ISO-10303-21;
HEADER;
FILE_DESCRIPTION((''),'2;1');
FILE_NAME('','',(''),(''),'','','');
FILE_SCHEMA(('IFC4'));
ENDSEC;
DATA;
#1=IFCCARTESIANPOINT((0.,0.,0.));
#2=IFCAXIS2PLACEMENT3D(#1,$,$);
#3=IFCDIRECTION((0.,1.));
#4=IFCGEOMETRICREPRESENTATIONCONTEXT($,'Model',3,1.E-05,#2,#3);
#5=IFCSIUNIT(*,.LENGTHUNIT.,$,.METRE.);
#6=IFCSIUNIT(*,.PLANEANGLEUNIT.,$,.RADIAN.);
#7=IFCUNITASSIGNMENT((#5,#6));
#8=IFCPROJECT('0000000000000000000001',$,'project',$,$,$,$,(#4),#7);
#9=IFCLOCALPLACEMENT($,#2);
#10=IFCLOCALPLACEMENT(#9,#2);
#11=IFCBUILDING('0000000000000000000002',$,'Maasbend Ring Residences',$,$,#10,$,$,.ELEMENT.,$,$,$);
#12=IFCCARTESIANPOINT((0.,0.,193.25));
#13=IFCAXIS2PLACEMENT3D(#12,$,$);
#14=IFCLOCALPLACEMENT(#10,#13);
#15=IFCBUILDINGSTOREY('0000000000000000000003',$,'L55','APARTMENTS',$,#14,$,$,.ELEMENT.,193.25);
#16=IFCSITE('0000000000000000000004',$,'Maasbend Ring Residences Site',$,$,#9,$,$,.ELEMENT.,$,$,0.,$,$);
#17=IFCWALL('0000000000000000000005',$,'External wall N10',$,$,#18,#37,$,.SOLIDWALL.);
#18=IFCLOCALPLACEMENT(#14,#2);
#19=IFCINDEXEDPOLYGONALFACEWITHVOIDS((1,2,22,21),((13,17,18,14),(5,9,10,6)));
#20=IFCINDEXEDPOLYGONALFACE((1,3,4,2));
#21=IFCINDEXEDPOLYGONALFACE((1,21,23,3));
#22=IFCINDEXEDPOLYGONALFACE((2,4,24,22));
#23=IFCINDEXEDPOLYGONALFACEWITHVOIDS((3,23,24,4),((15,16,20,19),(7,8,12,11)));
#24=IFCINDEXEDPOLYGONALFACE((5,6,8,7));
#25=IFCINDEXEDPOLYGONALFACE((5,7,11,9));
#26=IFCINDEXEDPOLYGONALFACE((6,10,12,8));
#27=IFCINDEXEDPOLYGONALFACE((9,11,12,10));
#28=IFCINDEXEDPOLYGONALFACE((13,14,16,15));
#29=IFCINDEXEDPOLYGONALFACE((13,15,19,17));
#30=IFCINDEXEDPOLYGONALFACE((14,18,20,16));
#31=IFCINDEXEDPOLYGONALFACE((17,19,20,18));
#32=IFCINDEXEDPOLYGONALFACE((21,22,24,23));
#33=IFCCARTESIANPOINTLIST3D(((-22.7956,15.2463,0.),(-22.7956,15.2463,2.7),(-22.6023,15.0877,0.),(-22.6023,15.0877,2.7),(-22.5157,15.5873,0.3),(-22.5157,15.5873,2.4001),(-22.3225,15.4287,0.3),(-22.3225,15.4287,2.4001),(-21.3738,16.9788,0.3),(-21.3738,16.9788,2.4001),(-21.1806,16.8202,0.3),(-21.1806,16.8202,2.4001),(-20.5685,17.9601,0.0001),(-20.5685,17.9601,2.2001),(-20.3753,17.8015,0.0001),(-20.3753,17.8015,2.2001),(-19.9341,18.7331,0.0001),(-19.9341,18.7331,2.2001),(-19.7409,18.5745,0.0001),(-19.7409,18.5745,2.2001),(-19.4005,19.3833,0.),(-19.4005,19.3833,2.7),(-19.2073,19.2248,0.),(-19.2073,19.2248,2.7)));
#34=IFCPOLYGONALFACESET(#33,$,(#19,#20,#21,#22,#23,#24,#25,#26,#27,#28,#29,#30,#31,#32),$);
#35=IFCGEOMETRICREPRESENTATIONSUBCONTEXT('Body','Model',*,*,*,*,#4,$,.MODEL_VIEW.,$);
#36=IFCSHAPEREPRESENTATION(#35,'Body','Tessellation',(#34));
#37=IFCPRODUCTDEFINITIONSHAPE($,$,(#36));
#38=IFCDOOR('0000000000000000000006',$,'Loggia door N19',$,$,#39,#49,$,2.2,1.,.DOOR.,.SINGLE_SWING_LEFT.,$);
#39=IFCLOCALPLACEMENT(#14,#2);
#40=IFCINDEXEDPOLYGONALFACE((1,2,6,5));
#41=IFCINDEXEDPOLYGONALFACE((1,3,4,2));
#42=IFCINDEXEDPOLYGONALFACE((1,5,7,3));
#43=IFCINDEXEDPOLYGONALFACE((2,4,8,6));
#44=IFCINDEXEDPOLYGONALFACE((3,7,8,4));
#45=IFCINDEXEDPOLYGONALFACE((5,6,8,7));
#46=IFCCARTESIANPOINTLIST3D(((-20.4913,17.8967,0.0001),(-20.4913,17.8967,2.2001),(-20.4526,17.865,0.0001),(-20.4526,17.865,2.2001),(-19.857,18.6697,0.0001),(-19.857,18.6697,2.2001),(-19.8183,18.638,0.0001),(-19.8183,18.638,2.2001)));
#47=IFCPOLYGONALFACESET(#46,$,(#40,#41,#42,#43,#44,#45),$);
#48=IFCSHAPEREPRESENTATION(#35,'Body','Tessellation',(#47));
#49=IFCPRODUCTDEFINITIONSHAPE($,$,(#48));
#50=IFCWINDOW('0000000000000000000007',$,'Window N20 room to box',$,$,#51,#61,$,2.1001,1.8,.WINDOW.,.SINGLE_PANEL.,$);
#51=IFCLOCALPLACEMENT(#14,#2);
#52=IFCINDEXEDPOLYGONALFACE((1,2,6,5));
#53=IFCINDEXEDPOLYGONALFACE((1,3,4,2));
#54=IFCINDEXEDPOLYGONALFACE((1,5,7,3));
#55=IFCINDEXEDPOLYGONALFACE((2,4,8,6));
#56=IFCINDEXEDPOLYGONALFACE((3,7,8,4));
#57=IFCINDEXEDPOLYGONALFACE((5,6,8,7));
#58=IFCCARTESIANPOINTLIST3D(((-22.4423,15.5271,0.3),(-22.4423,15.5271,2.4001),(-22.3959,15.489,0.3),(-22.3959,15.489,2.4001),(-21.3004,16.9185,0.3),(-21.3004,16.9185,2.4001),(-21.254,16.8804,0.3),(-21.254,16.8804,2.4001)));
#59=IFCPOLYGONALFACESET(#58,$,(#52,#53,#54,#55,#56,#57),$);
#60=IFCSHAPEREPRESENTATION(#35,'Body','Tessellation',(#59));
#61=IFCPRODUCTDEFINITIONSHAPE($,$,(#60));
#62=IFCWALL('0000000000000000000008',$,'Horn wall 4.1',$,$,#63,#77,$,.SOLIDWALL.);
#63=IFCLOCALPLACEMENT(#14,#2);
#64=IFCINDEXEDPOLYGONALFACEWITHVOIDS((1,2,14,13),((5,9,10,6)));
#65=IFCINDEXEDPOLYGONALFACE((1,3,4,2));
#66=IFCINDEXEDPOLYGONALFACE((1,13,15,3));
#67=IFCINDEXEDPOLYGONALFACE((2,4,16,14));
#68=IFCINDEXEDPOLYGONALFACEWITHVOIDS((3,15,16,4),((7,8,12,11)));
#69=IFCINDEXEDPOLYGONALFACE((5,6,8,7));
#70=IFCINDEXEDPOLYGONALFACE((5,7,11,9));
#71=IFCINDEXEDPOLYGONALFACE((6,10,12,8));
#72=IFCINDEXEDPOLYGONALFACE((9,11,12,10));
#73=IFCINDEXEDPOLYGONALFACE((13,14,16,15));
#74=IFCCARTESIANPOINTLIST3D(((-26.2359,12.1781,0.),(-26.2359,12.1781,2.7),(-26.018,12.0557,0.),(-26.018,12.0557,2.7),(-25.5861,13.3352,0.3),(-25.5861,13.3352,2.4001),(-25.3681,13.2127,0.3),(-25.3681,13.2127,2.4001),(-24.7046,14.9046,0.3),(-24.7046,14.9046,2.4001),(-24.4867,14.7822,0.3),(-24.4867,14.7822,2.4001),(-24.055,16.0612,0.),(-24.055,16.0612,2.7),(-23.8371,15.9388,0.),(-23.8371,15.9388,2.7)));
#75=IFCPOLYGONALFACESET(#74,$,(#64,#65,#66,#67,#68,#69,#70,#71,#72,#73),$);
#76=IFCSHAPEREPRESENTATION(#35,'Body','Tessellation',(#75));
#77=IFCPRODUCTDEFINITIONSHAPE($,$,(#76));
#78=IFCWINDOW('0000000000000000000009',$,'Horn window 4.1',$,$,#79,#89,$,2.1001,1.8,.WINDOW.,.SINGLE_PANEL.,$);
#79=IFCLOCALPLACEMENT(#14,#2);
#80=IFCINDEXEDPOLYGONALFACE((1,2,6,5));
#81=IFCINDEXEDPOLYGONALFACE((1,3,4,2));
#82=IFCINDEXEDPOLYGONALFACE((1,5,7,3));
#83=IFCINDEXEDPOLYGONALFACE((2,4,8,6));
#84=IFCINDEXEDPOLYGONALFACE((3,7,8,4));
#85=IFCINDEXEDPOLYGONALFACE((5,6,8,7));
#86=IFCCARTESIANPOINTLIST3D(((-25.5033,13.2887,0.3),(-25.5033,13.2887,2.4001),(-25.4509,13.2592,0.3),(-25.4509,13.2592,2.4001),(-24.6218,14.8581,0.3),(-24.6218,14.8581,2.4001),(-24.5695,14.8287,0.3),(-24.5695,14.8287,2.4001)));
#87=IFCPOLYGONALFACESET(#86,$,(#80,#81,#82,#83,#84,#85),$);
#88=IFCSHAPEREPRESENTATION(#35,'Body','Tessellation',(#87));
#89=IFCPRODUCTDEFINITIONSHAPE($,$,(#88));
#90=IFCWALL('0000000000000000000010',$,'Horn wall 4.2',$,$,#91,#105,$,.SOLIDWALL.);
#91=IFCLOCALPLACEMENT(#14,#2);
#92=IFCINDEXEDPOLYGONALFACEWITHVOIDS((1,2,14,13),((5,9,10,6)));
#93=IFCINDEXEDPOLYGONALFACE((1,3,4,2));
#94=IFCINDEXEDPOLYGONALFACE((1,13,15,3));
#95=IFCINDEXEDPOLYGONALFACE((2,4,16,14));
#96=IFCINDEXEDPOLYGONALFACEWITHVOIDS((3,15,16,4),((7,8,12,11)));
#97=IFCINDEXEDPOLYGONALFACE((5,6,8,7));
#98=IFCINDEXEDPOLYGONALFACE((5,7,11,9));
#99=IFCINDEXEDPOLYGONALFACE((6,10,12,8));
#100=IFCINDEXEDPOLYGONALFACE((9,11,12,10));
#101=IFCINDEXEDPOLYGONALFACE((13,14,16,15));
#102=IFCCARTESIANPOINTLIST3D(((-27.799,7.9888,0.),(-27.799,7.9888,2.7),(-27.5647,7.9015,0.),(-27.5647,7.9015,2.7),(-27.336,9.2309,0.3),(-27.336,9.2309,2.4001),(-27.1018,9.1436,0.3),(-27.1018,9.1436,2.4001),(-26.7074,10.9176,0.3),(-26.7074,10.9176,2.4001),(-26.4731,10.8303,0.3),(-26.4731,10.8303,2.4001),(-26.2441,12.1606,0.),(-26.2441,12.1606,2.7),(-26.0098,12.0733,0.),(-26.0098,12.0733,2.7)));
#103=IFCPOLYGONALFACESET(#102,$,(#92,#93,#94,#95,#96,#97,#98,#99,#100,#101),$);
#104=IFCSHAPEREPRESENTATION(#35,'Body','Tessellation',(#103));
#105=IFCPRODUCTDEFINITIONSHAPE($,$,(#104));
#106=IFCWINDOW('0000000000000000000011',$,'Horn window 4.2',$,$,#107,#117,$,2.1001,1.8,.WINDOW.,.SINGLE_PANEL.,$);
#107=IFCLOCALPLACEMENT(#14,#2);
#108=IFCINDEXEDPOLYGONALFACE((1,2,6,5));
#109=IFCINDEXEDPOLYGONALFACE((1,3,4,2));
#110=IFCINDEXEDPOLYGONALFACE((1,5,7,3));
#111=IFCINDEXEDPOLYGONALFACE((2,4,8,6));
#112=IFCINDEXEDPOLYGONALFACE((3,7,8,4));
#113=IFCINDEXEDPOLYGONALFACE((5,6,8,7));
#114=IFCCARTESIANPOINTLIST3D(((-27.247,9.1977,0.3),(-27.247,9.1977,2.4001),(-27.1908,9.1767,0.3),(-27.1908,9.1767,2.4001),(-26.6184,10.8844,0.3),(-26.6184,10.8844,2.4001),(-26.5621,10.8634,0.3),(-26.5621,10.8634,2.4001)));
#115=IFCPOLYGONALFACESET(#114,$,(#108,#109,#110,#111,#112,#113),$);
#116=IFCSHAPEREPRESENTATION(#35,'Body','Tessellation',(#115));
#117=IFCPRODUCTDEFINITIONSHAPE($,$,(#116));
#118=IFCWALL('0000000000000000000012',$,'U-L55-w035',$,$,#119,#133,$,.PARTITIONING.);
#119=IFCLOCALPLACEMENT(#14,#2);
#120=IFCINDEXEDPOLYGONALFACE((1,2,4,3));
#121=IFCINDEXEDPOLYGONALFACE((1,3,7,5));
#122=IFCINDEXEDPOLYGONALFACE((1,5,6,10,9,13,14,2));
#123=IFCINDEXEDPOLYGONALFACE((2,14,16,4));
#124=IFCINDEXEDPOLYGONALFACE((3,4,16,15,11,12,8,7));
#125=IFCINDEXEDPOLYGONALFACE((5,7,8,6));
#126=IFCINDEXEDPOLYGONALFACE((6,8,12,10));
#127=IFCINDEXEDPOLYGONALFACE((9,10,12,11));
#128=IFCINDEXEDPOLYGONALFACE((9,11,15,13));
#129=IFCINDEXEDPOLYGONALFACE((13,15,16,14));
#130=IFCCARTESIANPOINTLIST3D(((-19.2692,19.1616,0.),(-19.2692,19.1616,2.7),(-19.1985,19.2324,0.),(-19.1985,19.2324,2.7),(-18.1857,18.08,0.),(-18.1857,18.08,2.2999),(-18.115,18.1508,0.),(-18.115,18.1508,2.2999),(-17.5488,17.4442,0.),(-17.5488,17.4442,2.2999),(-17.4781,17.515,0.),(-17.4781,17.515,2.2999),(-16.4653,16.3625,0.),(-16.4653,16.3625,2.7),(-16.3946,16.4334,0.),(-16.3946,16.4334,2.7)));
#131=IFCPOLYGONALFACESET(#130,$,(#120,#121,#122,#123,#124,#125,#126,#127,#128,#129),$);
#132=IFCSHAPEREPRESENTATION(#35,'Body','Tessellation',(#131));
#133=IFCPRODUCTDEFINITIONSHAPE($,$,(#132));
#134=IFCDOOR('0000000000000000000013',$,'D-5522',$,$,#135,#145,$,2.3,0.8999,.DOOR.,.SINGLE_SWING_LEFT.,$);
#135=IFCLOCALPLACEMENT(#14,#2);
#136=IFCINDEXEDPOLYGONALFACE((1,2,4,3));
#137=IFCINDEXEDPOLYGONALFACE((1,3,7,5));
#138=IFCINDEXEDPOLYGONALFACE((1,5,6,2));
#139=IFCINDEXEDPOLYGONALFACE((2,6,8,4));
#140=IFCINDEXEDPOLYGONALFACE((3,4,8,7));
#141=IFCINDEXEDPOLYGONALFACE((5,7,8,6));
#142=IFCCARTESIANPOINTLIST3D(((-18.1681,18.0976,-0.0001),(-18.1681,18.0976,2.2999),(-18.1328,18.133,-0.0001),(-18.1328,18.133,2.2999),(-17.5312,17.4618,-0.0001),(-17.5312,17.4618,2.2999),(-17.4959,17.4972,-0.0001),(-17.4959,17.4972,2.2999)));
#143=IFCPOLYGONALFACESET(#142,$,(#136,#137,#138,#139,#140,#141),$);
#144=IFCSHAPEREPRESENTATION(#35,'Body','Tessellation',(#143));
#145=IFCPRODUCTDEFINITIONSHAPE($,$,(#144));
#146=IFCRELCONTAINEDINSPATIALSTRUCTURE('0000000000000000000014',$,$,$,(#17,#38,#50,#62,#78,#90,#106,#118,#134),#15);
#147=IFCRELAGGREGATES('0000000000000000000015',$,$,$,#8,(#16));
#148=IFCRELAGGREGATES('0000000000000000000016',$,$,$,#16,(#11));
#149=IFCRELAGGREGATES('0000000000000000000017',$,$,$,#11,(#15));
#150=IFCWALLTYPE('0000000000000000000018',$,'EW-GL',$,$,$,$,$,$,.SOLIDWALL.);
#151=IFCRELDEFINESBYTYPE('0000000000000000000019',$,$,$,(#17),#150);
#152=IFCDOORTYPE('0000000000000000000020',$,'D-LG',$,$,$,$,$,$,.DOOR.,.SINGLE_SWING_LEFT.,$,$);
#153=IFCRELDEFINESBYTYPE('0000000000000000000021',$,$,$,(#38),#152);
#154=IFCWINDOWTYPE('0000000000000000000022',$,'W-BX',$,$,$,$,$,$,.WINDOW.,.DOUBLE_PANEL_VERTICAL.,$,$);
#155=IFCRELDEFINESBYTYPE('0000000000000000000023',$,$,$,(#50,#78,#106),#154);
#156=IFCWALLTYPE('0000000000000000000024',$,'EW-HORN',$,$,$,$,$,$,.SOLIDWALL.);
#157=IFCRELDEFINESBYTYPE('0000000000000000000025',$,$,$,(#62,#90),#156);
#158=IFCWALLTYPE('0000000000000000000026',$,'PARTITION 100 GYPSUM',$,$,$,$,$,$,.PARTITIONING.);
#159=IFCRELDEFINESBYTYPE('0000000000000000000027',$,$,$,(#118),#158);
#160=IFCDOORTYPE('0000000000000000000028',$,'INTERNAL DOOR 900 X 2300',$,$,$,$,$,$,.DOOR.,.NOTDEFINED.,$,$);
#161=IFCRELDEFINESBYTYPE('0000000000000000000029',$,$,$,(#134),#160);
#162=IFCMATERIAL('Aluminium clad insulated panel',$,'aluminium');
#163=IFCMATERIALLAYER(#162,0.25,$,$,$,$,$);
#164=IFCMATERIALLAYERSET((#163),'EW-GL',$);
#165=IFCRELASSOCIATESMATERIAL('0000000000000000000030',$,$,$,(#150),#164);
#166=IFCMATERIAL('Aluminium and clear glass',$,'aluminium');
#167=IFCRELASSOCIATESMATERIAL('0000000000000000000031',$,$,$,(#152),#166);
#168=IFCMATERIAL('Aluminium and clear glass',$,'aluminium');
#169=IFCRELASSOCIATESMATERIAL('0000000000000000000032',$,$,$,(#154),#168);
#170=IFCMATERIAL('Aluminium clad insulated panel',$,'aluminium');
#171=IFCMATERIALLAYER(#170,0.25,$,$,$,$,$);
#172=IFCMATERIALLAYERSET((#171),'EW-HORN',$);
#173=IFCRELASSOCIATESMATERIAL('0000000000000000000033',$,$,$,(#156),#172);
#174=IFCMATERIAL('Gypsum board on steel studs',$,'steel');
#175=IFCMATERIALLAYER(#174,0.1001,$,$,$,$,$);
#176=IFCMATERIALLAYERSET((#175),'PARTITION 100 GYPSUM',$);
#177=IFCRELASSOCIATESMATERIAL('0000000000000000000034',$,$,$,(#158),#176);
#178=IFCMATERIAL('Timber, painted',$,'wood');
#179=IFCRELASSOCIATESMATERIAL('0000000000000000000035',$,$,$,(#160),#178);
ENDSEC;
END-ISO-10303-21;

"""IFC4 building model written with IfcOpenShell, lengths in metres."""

from ifc_helpers import new_model, si_unit, direction, frame, frame_2d, origin, place, context, subcontext, project, spatial, rectangle, extrude, material, layer, layer_set, type_object, element, fill, save


model = new_model("IFC4")

# Units and contexts
model_context = context("Model", 3, precision=1e-05, world=origin(), true_north=direction((0.0, 1.0)))
body_context = subcontext(model_context, "Body", "Model", "MODEL_VIEW")
ifc_project = project(units=[si_unit("LENGTHUNIT", "METRE"), si_unit("PLANEANGLEUNIT", "RADIAN")], contexts=[model_context])

# Site, building, storey
site_placement = place(None, origin())
site = spatial("IfcSite", under=ifc_project, at=site_placement, Name="Maasbend Ring Residences Site", CompositionType="ELEMENT", RefElevation=0.0)
building_placement = place(site_placement, origin())
building = spatial("IfcBuilding", under=site, at=building_placement, Name="Maasbend Ring Residences", CompositionType="ELEMENT")
storey_placement = place(building_placement, frame((0.0, 0.0, 193.25)))
storey = spatial("IfcBuildingStorey", under=building, at=storey_placement, Name="L55", Description="APARTMENTS", CompositionType="ELEMENT", Elevation=193.25)

# Wall, openings, door, window
ifc_material_1 = material(Name="Aluminium clad insulated panel", Category="aluminium")
ifc_layer_1 = layer(ifc_material_1, 0.25)
ifc_layer_set_1 = layer_set([ifc_layer_1], Name="EW-GL")
wall_type_1 = type_object("IfcWallType", Name="EW-GL", PredefinedType="SOLIDWALL", material=ifc_layer_set_1)
wall_1_placement = place(storey_placement, frame((-19.304, 19.304, 0.0), z_axis=(0.0, 0.0, 1.0), x_axis=(-0.634382, -0.773019, 0.0)))
wall_1 = element("IfcWall", 1, at=wall_1_placement, inside=storey, type_object=wall_type_1, Name="External wall N10", PredefinedType="SOLIDWALL", context=body_context, shape_type="SweptSolid", body=[
    extrude(rectangle(XDim=5.3518, YDim=0.25, at=frame_2d((2.6758, 0.0))), origin(), (0.0, 0.0, 1.0), 2.7),
])
opening_1_placement = place(wall_1_placement, frame((0.8411, 0.0, 0.0)))
opening_1 = element("IfcOpeningElement", 2, at=opening_1_placement, cuts=wall_1, PredefinedType="OPENING", context=body_context, shape_type="SweptSolid", body=[
    extrude(rectangle(XDim=1.0, YDim=2.2, at=frame_2d((0.5, 1.1001))), frame((0.0, 0.135, 0.0), z_axis=(0.0, -1.0, 0.0), x_axis=(1.0, 0.0, 0.0)), (0.0, 0.0, 1.0), 0.27),
])
opening_2_placement = place(wall_1_placement, frame((3.1106, 0.0, 0.3)))
opening_2 = element("IfcOpeningElement", 3, at=opening_2_placement, cuts=wall_1, PredefinedType="OPENING", context=body_context, shape_type="SweptSolid", body=[
    extrude(rectangle(XDim=1.8, YDim=2.1001, at=frame_2d((0.8999, 1.05))), frame((0.0, 0.135, 0.0), z_axis=(0.0, -1.0, 0.0), x_axis=(1.0, 0.0, 0.0)), (0.0, 0.0, 1.0), 0.27),
])
ifc_material_2 = material(Name="Aluminium and clear glass", Category="aluminium")
door_type_1 = type_object("IfcDoorType", Name="D-LG", OperationType="SINGLE_SWING_LEFT", PredefinedType="DOOR", material=ifc_material_2)
door_1_placement = place(opening_1_placement, origin())
door_1 = element("IfcDoor", 4, at=door_1_placement, inside=storey, type_object=door_type_1, Name="Loggia door N19", OperationType="SINGLE_SWING_LEFT", OverallHeight=2.2, OverallWidth=1.0, PredefinedType="DOOR", context=body_context, shape_type="SweptSolid", body=[
    extrude(rectangle(XDim=1.0, YDim=2.2, at=frame_2d((0.5, 1.1001))), frame((0.0, 0.0249, 0.0), z_axis=(0.0, -1.0, 0.0), x_axis=(1.0, 0.0, 0.0)), (0.0, 0.0, 1.0), 0.05),
])
fill(opening_1, door_1)
ifc_material_3 = material(Name="Aluminium and clear glass", Category="aluminium")
window_type_1 = type_object("IfcWindowType", Name="W-BX", PartitioningType="DOUBLE_PANEL_VERTICAL", PredefinedType="WINDOW", material=ifc_material_3)
window_1_placement = place(opening_2_placement, origin())
window_1 = element("IfcWindow", 5, at=window_1_placement, inside=storey, type_object=window_type_1, Name="Window N20 room to box", OverallHeight=2.1001, OverallWidth=1.8, PartitioningType="SINGLE_PANEL", PredefinedType="WINDOW", context=body_context, shape_type="SweptSolid", body=[
    extrude(rectangle(XDim=1.8, YDim=2.1001, at=frame_2d((0.8999, 1.05))), frame((0.0, 0.03, 0.0), z_axis=(0.0, -1.0, 0.0), x_axis=(1.0, 0.0, 0.0)), (0.0, 0.0, 1.0), 0.0601),
])
fill(opening_2, window_1)

# Walls, openings, windows
ifc_material_4 = material(Name="Aluminium clad insulated panel", Category="aluminium")
ifc_layer_2 = layer(ifc_material_4, 0.25)
ifc_layer_set_2 = layer_set([ifc_layer_2], Name="EW-HORN")
wall_type_2 = type_object("IfcWallType", Name="EW-HORN", PredefinedType="SOLIDWALL", material=ifc_layer_set_2)
wall_2_placement = place(storey_placement, frame((-23.946, 16.0, 0.0), z_axis=(0.0, 0.0, 1.0), x_axis=(-0.489696, -0.871893, 0.0)))
wall_2 = element("IfcWall", 6, at=wall_2_placement, inside=storey, type_object=wall_type_2, Name="Horn wall 4.1", PredefinedType="SOLIDWALL", context=body_context, shape_type="SweptSolid", body=[
    extrude(rectangle(XDim=4.4536, YDim=0.25, at=frame_2d((2.2268, 0.0))), origin(), (0.0, 0.0, 1.0), 2.7),
])
opening_3_placement = place(wall_2_placement, frame((1.3267, 0.0, 0.3)))
opening_3 = element("IfcOpeningElement", 7, at=opening_3_placement, cuts=wall_2, PredefinedType="OPENING", context=body_context, shape_type="SweptSolid", body=[
    extrude(rectangle(XDim=1.8, YDim=2.1001, at=frame_2d((0.8999, 1.05))), frame((0.0, 0.135, 0.0), z_axis=(0.0, -1.0, 0.0), x_axis=(1.0, 0.0, 0.0)), (0.0, 0.0, 1.0), 0.27),
])
window_2_placement = place(opening_3_placement, origin())
window_2 = element("IfcWindow", 8, at=window_2_placement, inside=storey, type_object=window_type_1, Name="Horn window 4.1", OverallHeight=2.1001, OverallWidth=1.8, PartitioningType="SINGLE_PANEL", PredefinedType="WINDOW", context=body_context, shape_type="SweptSolid", body=[
    extrude(rectangle(XDim=1.8, YDim=2.1001, at=frame_2d((0.8999, 1.05))), frame((0.0, 0.03, 0.0), z_axis=(0.0, -1.0, 0.0), x_axis=(1.0, 0.0, 0.0)), (0.0, 0.0, 1.0), 0.0601),
])
fill(opening_3, window_2)
wall_3_placement = place(storey_placement, frame((-26.127, 12.1169, 0.0), z_axis=(0.0, 0.0, 1.0), x_axis=(-0.349248, -0.93703, 0.0)))
wall_3 = element("IfcWall", 9, at=wall_3_placement, inside=storey, type_object=wall_type_2, Name="Horn wall 4.2", PredefinedType="SOLIDWALL", context=body_context, shape_type="SweptSolid", body=[
    extrude(rectangle(XDim=4.4521, YDim=0.25, at=frame_2d((2.2261, 0.0))), origin(), (0.0, 0.0, 1.0), 2.7),
])
opening_4_placement = place(wall_3_placement, frame((1.3267, 0.0, 0.3)))
opening_4 = element("IfcOpeningElement", 10, at=opening_4_placement, cuts=wall_3, PredefinedType="OPENING", context=body_context, shape_type="SweptSolid", body=[
    extrude(rectangle(XDim=1.8, YDim=2.1001, at=frame_2d((0.8999, 1.05))), frame((0.0, 0.135, 0.0), z_axis=(0.0, -1.0, 0.0), x_axis=(1.0, 0.0, 0.0)), (0.0, 0.0, 1.0), 0.27),
])
window_3_placement = place(opening_4_placement, origin())
window_3 = element("IfcWindow", 11, at=window_3_placement, inside=storey, type_object=window_type_1, Name="Horn window 4.2", OverallHeight=2.1001, OverallWidth=1.8, PartitioningType="SINGLE_PANEL", PredefinedType="WINDOW", context=body_context, shape_type="SweptSolid", body=[
    extrude(rectangle(XDim=1.8, YDim=2.1001, at=frame_2d((0.8999, 1.05))), frame((0.0, 0.03, 0.0), z_axis=(0.0, -1.0, 0.0), x_axis=(1.0, 0.0, 0.0)), (0.0, 0.0, 1.0), 0.0601),
])
fill(opening_4, window_3)

# Wall, opening, door
ifc_material_5 = material(Name="Gypsum board on steel studs", Category="steel")
ifc_layer_3 = layer(ifc_material_5, 0.1001)
ifc_layer_set_3 = layer_set([ifc_layer_3], Name="PARTITION 100 GYPSUM")
wall_type_3 = type_object("IfcWallType", Name="PARTITION 100 GYPSUM", PredefinedType="PARTITIONING", material=ifc_layer_set_3)
wall_4_placement = place(storey_placement, frame((-19.2339, 19.197, 0.0), z_axis=(0.0, 0.0, 1.0), x_axis=(0.707723, -0.70649, 0.0)))
wall_4 = element("IfcWall", 12, at=wall_4_placement, inside=storey, type_object=wall_type_3, Name="U-L55-w035", PredefinedType="PARTITIONING", context=body_context, shape_type="SweptSolid", body=[
    extrude(rectangle(XDim=3.9619, YDim=0.1001, at=frame_2d((1.981, 0.0))), origin(), (0.0, 0.0, 1.0), 2.7),
])
opening_5_placement = place(wall_4_placement, frame((1.531, 0.0, 0.0)))
opening_5 = element("IfcOpeningElement", 13, at=opening_5_placement, cuts=wall_4, PredefinedType="OPENING", context=body_context, shape_type="SweptSolid", body=[
    extrude(rectangle(XDim=0.8999, YDim=2.3, at=frame_2d((0.45, 1.1499))), frame((0.0, 0.0601, 0.0), z_axis=(0.0, -1.0, 0.0), x_axis=(1.0, 0.0, 0.0)), (0.0, 0.0, 1.0), 0.1201),
])
ifc_material_6 = material(Name="Timber, painted", Category="wood")
door_type_2 = type_object("IfcDoorType", Name="INTERNAL DOOR 900 X 2300", OperationType="NOTDEFINED", PredefinedType="DOOR", material=ifc_material_6)
door_2_placement = place(opening_5_placement, origin())
door_2 = element("IfcDoor", 14, at=door_2_placement, inside=storey, type_object=door_type_2, Name="D-5522", OperationType="SINGLE_SWING_LEFT", OverallHeight=2.3, OverallWidth=0.8999, PredefinedType="DOOR", context=body_context, shape_type="SweptSolid", body=[
    extrude(rectangle(XDim=0.8999, YDim=2.3, at=frame_2d((0.45, 1.1499))), frame((0.0, 0.0249, 0.0), z_axis=(0.0, -1.0, 0.0), x_axis=(1.0, 0.0, 0.0)), (0.0, 0.0, 1.0), 0.05),
])
fill(opening_5, door_2)

save(model, "model.ifc")
